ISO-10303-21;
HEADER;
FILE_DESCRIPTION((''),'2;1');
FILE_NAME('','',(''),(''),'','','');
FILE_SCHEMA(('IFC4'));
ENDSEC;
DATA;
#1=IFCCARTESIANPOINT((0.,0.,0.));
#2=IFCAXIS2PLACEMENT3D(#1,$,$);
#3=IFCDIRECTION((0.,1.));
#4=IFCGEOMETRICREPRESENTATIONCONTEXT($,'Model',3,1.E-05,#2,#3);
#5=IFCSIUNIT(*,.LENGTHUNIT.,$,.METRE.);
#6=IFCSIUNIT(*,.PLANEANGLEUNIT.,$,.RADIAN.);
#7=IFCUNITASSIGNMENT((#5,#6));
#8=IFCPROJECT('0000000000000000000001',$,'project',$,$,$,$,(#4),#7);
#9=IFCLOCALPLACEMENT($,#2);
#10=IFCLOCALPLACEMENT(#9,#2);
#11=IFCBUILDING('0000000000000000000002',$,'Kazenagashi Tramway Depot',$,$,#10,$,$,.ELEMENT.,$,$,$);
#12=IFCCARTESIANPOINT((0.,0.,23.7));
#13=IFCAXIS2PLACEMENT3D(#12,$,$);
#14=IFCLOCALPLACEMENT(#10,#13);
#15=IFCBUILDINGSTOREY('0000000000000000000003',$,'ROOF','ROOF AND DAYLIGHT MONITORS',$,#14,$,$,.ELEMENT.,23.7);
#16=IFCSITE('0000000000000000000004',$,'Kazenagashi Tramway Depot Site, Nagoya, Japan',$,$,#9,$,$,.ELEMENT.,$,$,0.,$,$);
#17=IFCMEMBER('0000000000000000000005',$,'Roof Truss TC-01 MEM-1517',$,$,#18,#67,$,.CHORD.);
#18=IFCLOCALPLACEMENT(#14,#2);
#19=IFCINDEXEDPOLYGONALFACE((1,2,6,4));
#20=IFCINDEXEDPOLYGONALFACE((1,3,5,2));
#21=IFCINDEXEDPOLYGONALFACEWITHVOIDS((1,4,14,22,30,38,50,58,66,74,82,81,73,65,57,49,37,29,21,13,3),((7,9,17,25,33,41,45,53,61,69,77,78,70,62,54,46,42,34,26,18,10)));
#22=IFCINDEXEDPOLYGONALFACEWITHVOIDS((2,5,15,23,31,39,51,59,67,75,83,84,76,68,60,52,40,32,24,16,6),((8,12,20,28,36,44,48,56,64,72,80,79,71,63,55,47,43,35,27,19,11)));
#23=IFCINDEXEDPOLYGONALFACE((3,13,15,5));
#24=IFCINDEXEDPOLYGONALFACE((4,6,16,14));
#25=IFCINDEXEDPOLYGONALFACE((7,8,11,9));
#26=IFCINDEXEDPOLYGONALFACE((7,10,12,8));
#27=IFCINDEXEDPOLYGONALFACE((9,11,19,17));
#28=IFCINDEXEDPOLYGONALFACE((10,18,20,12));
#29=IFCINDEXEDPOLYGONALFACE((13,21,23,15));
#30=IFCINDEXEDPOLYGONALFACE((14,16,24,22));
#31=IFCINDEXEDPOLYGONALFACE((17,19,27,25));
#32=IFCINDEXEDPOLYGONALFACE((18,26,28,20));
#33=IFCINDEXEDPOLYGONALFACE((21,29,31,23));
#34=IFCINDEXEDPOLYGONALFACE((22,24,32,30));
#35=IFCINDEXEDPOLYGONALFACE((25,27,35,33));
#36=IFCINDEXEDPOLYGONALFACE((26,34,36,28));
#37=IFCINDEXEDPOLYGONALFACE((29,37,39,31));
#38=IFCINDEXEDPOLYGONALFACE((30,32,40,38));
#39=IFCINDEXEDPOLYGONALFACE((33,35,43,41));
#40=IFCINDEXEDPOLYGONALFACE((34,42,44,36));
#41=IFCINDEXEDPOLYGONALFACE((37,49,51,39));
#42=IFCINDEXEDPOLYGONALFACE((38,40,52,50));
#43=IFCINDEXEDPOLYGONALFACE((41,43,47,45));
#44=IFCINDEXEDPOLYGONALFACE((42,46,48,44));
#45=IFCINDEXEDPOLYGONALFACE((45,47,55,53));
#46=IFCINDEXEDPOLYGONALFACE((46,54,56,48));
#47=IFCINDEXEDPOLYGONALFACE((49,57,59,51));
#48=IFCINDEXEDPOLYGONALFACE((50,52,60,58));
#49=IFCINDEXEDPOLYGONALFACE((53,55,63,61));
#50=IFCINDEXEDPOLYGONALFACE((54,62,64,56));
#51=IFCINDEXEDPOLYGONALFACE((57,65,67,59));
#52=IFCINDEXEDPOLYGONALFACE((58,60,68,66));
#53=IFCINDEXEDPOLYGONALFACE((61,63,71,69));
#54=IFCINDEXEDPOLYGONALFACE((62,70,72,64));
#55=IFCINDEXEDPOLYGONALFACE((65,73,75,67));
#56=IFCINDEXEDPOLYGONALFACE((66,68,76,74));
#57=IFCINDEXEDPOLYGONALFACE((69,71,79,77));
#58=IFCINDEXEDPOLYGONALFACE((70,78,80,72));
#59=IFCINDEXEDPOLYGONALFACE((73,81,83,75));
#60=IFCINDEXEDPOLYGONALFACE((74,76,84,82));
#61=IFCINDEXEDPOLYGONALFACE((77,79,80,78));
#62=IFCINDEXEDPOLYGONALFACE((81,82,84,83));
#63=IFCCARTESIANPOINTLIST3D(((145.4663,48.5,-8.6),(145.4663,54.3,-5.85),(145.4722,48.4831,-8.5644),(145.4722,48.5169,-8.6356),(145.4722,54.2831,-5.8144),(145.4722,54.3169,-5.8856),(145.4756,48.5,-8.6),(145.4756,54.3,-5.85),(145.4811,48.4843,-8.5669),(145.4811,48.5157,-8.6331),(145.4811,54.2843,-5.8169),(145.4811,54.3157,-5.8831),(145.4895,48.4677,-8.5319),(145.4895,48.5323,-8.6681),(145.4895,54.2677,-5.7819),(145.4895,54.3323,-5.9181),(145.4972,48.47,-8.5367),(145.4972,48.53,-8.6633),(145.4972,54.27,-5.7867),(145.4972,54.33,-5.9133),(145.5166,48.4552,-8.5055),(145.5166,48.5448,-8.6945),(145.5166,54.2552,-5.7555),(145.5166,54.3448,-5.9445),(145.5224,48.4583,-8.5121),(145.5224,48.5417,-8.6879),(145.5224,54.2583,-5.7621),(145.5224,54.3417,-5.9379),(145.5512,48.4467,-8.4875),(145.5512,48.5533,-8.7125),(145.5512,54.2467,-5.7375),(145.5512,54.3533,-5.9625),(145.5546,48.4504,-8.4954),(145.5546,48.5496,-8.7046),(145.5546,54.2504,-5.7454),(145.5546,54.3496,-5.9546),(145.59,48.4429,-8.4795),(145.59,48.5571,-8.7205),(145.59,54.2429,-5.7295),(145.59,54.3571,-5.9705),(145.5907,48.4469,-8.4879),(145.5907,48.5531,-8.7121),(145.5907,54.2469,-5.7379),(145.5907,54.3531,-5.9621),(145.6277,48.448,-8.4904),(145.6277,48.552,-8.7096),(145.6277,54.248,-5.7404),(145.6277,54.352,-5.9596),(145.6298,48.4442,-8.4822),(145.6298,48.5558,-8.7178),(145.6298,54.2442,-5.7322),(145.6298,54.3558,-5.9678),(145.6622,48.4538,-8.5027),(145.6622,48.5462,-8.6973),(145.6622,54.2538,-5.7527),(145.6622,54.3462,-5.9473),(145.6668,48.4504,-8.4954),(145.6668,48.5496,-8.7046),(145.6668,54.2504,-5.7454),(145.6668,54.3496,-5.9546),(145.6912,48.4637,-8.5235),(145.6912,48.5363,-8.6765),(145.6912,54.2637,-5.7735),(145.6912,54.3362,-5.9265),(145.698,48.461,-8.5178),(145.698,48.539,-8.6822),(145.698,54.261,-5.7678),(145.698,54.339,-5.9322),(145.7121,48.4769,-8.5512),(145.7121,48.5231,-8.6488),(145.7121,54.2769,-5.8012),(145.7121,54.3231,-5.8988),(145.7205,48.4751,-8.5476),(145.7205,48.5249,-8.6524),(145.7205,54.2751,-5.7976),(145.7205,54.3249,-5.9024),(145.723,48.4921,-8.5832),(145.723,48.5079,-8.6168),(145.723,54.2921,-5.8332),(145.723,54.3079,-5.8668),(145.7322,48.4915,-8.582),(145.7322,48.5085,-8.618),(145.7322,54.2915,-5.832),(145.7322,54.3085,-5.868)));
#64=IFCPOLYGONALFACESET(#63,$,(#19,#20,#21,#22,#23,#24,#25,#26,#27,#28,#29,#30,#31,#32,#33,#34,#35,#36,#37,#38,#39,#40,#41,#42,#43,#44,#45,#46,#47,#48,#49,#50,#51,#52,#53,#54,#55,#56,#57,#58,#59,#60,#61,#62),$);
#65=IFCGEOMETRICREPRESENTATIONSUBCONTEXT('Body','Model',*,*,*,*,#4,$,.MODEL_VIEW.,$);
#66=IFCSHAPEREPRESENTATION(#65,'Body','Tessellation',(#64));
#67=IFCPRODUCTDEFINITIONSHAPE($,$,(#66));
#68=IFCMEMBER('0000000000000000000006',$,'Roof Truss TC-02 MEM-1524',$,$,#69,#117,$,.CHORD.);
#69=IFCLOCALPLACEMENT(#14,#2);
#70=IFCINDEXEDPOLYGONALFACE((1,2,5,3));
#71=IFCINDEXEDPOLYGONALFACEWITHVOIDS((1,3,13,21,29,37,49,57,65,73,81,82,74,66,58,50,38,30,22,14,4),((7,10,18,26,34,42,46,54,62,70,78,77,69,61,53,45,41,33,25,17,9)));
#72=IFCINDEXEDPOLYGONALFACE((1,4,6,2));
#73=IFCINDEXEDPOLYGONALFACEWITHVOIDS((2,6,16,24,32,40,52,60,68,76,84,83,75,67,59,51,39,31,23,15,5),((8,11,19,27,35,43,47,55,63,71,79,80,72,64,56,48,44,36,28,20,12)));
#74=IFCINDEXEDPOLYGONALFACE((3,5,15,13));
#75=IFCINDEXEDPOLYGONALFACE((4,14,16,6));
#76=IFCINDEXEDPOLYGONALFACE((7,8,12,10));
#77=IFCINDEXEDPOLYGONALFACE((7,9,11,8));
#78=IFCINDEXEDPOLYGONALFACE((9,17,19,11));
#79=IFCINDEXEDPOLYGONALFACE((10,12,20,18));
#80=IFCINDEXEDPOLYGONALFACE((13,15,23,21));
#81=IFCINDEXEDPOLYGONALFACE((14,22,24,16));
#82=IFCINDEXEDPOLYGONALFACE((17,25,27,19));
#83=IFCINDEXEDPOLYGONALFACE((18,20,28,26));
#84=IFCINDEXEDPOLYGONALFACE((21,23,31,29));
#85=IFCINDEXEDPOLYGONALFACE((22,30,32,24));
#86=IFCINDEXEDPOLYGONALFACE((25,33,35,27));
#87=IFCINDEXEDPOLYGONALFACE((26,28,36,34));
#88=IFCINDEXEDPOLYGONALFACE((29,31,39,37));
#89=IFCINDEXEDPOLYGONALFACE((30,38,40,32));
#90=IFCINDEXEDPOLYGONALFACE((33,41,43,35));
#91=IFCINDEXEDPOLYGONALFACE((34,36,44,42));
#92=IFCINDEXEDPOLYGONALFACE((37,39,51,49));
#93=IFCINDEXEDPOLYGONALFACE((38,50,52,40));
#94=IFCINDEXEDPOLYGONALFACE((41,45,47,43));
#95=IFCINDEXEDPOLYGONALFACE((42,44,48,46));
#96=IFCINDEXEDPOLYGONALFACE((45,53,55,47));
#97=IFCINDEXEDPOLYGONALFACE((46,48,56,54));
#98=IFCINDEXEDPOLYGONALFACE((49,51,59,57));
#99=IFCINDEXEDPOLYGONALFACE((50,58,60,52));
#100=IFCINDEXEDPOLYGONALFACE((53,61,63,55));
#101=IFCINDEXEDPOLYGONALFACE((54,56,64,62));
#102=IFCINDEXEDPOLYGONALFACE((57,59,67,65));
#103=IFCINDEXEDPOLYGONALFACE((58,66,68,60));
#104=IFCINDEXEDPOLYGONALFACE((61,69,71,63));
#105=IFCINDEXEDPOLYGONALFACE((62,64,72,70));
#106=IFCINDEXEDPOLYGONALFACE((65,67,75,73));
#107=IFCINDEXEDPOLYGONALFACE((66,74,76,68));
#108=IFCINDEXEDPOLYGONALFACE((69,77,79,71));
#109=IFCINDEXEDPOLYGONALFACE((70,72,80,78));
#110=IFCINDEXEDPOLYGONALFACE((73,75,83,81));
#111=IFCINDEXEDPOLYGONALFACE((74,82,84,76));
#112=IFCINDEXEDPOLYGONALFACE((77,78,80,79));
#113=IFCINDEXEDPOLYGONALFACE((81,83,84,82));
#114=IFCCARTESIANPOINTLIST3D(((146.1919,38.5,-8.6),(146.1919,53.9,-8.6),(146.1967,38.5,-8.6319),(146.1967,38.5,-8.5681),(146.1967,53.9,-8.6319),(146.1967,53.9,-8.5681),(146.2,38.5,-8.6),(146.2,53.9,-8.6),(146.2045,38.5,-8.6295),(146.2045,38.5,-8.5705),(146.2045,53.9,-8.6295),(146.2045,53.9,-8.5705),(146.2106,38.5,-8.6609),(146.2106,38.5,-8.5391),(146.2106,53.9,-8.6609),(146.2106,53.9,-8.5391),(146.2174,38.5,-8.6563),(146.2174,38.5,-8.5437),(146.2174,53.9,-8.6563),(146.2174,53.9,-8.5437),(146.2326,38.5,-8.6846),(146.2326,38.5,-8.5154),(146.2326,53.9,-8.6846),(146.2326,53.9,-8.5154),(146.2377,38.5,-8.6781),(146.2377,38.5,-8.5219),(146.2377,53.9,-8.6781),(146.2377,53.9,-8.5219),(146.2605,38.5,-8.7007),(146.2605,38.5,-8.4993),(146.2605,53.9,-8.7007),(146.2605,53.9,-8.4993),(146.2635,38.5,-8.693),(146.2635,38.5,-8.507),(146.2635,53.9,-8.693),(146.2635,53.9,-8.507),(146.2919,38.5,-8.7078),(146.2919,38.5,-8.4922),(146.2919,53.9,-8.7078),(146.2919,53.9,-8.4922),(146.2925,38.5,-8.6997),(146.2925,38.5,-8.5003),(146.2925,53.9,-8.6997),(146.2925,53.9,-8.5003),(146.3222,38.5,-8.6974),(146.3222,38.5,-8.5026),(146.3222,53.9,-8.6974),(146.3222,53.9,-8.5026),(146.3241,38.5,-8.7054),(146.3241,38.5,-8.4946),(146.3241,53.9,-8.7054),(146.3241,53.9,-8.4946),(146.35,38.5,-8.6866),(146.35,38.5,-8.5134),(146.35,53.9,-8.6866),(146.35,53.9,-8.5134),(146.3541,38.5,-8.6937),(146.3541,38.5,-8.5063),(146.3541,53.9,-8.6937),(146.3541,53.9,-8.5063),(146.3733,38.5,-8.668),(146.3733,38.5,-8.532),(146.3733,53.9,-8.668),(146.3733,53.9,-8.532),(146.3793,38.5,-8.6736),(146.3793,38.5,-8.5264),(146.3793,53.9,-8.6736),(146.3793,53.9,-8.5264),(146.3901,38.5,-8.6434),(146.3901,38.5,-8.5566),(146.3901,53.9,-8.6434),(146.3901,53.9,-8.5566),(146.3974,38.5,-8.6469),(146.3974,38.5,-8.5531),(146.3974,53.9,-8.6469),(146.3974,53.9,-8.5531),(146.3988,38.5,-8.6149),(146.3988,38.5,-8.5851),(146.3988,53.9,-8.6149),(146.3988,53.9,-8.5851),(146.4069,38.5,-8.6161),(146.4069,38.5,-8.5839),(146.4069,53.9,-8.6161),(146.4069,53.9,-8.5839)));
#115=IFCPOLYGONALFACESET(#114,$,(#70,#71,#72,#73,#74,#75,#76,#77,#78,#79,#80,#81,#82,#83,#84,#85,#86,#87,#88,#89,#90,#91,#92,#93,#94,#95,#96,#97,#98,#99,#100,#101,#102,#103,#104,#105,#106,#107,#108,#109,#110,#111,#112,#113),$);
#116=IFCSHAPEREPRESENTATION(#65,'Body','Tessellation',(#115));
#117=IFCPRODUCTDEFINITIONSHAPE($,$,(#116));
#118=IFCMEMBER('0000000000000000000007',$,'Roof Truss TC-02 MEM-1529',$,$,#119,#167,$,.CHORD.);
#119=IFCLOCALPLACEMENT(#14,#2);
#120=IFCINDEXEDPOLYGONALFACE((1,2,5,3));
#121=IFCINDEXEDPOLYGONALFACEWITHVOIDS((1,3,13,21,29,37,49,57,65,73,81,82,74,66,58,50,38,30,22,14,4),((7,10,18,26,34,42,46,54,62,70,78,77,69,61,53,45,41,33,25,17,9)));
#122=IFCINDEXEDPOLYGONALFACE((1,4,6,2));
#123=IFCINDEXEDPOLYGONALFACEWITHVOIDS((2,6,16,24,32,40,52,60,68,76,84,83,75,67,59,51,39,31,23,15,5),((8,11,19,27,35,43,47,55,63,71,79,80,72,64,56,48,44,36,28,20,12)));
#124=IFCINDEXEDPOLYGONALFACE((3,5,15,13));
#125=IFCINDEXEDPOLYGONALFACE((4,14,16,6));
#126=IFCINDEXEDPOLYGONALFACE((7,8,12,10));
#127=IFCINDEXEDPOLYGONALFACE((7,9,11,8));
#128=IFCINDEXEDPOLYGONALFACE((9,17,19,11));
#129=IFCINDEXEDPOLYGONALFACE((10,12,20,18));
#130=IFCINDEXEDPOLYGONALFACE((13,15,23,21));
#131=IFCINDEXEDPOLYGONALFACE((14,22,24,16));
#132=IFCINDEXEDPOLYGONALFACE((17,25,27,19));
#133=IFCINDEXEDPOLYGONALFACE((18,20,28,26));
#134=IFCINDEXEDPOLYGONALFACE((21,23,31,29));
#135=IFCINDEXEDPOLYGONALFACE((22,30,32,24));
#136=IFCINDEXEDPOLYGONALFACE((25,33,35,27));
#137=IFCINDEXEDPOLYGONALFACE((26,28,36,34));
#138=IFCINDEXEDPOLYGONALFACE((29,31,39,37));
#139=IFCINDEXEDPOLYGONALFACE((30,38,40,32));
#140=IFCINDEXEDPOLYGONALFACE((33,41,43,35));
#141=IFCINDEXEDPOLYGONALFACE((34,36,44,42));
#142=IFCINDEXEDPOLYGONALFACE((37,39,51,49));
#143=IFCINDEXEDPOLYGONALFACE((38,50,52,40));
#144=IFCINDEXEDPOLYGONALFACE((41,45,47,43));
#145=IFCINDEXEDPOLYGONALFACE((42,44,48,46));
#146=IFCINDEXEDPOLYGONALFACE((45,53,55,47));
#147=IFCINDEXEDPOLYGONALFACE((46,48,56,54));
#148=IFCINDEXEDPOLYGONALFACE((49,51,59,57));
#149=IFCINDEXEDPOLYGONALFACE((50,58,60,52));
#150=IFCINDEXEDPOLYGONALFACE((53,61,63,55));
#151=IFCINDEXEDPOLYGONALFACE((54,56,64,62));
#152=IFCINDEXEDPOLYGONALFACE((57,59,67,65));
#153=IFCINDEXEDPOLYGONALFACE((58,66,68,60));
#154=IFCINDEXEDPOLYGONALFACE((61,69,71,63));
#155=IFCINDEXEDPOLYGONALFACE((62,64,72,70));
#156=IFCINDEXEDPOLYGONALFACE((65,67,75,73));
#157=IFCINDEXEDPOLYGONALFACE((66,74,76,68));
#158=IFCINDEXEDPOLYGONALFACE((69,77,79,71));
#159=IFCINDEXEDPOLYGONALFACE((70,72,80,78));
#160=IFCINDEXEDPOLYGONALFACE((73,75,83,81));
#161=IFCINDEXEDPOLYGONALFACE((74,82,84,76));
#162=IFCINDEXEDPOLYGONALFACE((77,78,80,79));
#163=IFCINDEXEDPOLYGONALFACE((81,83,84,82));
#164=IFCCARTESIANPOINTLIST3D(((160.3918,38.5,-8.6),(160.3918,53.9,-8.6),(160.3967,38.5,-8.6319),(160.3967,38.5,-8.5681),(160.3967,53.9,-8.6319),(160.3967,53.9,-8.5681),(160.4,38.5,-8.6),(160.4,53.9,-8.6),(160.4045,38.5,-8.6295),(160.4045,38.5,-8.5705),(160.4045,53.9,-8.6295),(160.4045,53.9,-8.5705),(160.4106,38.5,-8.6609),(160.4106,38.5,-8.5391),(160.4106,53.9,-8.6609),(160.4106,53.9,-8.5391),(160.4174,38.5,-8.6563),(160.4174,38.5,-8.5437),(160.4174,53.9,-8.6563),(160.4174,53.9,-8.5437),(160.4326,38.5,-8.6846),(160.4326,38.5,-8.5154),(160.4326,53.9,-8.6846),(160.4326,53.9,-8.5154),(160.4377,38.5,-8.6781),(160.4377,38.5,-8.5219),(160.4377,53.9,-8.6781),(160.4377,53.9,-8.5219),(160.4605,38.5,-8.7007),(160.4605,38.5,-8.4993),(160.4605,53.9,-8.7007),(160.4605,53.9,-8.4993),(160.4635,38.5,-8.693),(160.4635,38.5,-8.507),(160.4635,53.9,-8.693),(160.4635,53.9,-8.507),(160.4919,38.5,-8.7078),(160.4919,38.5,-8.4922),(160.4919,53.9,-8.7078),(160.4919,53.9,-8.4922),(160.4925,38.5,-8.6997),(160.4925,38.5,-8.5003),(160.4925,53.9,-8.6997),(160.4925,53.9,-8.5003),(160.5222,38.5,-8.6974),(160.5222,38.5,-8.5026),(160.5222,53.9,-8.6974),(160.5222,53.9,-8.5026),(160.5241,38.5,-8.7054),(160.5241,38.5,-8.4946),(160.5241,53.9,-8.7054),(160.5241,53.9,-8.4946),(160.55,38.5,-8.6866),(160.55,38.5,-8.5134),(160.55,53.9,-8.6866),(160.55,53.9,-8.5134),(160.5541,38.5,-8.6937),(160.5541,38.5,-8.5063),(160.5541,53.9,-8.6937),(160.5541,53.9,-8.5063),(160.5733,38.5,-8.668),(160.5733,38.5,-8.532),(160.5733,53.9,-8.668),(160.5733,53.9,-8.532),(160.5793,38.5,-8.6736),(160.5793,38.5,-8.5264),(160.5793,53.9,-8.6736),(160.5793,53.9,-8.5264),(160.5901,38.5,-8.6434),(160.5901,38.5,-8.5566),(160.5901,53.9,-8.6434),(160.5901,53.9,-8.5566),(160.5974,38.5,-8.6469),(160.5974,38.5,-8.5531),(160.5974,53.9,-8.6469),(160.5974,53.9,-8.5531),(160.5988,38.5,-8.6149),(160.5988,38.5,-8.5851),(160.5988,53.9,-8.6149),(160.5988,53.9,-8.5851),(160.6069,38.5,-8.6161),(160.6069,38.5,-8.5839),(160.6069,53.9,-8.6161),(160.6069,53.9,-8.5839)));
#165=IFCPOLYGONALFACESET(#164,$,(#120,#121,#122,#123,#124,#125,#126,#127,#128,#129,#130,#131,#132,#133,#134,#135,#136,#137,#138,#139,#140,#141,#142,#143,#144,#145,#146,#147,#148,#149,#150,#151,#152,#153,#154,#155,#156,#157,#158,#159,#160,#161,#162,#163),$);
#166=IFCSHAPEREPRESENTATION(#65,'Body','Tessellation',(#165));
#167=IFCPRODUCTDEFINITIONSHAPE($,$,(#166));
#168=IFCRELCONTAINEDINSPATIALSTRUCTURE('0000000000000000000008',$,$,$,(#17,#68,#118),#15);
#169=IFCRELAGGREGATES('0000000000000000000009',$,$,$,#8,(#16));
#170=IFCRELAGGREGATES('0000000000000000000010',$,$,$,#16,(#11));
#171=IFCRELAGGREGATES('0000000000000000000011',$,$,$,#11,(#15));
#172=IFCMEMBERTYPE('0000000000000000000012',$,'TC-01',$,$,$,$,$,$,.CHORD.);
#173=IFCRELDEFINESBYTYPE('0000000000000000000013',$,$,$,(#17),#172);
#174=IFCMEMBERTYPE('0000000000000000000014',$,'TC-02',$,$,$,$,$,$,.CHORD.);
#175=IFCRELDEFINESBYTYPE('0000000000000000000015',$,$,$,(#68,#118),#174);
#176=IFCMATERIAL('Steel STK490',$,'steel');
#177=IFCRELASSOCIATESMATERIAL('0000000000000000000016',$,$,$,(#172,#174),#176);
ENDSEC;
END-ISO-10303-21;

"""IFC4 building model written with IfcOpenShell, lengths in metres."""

from ifc_helpers import new_model, si_unit, direction, frame, origin, origin_2d, place, context, subcontext, project, spatial, hollow_circle, extrude, material, material_profile, profile_set, type_object, element, save


model = new_model("IFC4")

# Units and contexts
model_context = context("Model", 3, precision=1e-05, world=origin(), true_north=direction((0.0, 1.0)))
body_context = subcontext(model_context, "Body", "Model", "MODEL_VIEW")
ifc_project = project(units=[si_unit("LENGTHUNIT", "METRE"), si_unit("PLANEANGLEUNIT", "RADIAN")], contexts=[model_context])

# Site, building, storey
site_placement = place(None, origin())
site = spatial("IfcSite", under=ifc_project, at=site_placement, Name="Kazenagashi Tramway Depot Site, Nagoya, Japan", CompositionType="ELEMENT", RefElevation=0.0)
building_placement = place(site_placement, origin())
building = spatial("IfcBuilding", under=site, at=building_placement, Name="Kazenagashi Tramway Depot", CompositionType="ELEMENT")
storey_placement = place(building_placement, frame((0.0, 0.0, 23.7)))
storey = spatial("IfcBuildingStorey", under=building, at=storey_placement, Name="ROOF", Description="ROOF AND DAYLIGHT MONITORS", CompositionType="ELEMENT", Elevation=23.7)

# Members
ifc_material_1 = material(Name="Steel STK490", Category="steel")
ifc_material_profile_1 = material_profile(ifc_material_1, hollow_circle(Radius=0.1337, WallThickness=0.0093, at=origin_2d()), Name="CHS-267.4x9.3")
ifc_profile_set_1 = profile_set([ifc_material_profile_1], Name="Steel STK490")
member_type_1 = type_object("IfcMemberType", Name="TC-01", PredefinedType="CHORD", material=ifc_profile_set_1)
for number, where, z_axis, x_axis, name in (
    (1, (145.6, 48.5, -8.6), (0.0, 0.903579, 0.428421), (-1.0, 0.0, 0.0), "Roof Truss TC-01 MEM-1517"),
):
    element("IfcMember", number, at=place(storey_placement, frame(where, z_axis=z_axis, x_axis=x_axis)), inside=storey, type_object=member_type_1, Name=name, PredefinedType="CHORD", context=body_context, shape_type="SweptSolid", body=[
        extrude(hollow_circle(Radius=0.1337, WallThickness=0.0093, at=origin_2d()), origin(), (0.0, 0.0, 1.0), 6.4189),
    ])
ifc_material_profile_2 = material_profile(ifc_material_1, hollow_circle(Radius=0.1081, WallThickness=0.0082, at=origin_2d()), Name="CHS-216.3x8.2")
ifc_profile_set_2 = profile_set([ifc_material_profile_2], Name="Steel STK490")
member_type_2 = type_object("IfcMemberType", Name="TC-02", PredefinedType="CHORD", material=ifc_profile_set_2)
for number, where, z_axis, x_axis, name in (
    (2, (146.3, 38.5, -8.6), (0.0, 1.0, 0.0), (-1.0, 0.0, 0.0), "Roof Truss TC-02 MEM-1524"),
    (3, (160.5, 38.5, -8.6), (0.0, 1.0, 0.0), (-1.0, 0.0, 0.0), "Roof Truss TC-02 MEM-1529"),
):
    element("IfcMember", number, at=place(storey_placement, frame(where, z_axis=z_axis, x_axis=x_axis)), inside=storey, type_object=member_type_2, Name=name, PredefinedType="CHORD", context=body_context, shape_type="SweptSolid", body=[
        extrude(hollow_circle(Radius=0.1081, WallThickness=0.0082, at=origin_2d()), origin(), (0.0, 0.0, 1.0), 15.4),
    ])

save(model, "model.ifc")
